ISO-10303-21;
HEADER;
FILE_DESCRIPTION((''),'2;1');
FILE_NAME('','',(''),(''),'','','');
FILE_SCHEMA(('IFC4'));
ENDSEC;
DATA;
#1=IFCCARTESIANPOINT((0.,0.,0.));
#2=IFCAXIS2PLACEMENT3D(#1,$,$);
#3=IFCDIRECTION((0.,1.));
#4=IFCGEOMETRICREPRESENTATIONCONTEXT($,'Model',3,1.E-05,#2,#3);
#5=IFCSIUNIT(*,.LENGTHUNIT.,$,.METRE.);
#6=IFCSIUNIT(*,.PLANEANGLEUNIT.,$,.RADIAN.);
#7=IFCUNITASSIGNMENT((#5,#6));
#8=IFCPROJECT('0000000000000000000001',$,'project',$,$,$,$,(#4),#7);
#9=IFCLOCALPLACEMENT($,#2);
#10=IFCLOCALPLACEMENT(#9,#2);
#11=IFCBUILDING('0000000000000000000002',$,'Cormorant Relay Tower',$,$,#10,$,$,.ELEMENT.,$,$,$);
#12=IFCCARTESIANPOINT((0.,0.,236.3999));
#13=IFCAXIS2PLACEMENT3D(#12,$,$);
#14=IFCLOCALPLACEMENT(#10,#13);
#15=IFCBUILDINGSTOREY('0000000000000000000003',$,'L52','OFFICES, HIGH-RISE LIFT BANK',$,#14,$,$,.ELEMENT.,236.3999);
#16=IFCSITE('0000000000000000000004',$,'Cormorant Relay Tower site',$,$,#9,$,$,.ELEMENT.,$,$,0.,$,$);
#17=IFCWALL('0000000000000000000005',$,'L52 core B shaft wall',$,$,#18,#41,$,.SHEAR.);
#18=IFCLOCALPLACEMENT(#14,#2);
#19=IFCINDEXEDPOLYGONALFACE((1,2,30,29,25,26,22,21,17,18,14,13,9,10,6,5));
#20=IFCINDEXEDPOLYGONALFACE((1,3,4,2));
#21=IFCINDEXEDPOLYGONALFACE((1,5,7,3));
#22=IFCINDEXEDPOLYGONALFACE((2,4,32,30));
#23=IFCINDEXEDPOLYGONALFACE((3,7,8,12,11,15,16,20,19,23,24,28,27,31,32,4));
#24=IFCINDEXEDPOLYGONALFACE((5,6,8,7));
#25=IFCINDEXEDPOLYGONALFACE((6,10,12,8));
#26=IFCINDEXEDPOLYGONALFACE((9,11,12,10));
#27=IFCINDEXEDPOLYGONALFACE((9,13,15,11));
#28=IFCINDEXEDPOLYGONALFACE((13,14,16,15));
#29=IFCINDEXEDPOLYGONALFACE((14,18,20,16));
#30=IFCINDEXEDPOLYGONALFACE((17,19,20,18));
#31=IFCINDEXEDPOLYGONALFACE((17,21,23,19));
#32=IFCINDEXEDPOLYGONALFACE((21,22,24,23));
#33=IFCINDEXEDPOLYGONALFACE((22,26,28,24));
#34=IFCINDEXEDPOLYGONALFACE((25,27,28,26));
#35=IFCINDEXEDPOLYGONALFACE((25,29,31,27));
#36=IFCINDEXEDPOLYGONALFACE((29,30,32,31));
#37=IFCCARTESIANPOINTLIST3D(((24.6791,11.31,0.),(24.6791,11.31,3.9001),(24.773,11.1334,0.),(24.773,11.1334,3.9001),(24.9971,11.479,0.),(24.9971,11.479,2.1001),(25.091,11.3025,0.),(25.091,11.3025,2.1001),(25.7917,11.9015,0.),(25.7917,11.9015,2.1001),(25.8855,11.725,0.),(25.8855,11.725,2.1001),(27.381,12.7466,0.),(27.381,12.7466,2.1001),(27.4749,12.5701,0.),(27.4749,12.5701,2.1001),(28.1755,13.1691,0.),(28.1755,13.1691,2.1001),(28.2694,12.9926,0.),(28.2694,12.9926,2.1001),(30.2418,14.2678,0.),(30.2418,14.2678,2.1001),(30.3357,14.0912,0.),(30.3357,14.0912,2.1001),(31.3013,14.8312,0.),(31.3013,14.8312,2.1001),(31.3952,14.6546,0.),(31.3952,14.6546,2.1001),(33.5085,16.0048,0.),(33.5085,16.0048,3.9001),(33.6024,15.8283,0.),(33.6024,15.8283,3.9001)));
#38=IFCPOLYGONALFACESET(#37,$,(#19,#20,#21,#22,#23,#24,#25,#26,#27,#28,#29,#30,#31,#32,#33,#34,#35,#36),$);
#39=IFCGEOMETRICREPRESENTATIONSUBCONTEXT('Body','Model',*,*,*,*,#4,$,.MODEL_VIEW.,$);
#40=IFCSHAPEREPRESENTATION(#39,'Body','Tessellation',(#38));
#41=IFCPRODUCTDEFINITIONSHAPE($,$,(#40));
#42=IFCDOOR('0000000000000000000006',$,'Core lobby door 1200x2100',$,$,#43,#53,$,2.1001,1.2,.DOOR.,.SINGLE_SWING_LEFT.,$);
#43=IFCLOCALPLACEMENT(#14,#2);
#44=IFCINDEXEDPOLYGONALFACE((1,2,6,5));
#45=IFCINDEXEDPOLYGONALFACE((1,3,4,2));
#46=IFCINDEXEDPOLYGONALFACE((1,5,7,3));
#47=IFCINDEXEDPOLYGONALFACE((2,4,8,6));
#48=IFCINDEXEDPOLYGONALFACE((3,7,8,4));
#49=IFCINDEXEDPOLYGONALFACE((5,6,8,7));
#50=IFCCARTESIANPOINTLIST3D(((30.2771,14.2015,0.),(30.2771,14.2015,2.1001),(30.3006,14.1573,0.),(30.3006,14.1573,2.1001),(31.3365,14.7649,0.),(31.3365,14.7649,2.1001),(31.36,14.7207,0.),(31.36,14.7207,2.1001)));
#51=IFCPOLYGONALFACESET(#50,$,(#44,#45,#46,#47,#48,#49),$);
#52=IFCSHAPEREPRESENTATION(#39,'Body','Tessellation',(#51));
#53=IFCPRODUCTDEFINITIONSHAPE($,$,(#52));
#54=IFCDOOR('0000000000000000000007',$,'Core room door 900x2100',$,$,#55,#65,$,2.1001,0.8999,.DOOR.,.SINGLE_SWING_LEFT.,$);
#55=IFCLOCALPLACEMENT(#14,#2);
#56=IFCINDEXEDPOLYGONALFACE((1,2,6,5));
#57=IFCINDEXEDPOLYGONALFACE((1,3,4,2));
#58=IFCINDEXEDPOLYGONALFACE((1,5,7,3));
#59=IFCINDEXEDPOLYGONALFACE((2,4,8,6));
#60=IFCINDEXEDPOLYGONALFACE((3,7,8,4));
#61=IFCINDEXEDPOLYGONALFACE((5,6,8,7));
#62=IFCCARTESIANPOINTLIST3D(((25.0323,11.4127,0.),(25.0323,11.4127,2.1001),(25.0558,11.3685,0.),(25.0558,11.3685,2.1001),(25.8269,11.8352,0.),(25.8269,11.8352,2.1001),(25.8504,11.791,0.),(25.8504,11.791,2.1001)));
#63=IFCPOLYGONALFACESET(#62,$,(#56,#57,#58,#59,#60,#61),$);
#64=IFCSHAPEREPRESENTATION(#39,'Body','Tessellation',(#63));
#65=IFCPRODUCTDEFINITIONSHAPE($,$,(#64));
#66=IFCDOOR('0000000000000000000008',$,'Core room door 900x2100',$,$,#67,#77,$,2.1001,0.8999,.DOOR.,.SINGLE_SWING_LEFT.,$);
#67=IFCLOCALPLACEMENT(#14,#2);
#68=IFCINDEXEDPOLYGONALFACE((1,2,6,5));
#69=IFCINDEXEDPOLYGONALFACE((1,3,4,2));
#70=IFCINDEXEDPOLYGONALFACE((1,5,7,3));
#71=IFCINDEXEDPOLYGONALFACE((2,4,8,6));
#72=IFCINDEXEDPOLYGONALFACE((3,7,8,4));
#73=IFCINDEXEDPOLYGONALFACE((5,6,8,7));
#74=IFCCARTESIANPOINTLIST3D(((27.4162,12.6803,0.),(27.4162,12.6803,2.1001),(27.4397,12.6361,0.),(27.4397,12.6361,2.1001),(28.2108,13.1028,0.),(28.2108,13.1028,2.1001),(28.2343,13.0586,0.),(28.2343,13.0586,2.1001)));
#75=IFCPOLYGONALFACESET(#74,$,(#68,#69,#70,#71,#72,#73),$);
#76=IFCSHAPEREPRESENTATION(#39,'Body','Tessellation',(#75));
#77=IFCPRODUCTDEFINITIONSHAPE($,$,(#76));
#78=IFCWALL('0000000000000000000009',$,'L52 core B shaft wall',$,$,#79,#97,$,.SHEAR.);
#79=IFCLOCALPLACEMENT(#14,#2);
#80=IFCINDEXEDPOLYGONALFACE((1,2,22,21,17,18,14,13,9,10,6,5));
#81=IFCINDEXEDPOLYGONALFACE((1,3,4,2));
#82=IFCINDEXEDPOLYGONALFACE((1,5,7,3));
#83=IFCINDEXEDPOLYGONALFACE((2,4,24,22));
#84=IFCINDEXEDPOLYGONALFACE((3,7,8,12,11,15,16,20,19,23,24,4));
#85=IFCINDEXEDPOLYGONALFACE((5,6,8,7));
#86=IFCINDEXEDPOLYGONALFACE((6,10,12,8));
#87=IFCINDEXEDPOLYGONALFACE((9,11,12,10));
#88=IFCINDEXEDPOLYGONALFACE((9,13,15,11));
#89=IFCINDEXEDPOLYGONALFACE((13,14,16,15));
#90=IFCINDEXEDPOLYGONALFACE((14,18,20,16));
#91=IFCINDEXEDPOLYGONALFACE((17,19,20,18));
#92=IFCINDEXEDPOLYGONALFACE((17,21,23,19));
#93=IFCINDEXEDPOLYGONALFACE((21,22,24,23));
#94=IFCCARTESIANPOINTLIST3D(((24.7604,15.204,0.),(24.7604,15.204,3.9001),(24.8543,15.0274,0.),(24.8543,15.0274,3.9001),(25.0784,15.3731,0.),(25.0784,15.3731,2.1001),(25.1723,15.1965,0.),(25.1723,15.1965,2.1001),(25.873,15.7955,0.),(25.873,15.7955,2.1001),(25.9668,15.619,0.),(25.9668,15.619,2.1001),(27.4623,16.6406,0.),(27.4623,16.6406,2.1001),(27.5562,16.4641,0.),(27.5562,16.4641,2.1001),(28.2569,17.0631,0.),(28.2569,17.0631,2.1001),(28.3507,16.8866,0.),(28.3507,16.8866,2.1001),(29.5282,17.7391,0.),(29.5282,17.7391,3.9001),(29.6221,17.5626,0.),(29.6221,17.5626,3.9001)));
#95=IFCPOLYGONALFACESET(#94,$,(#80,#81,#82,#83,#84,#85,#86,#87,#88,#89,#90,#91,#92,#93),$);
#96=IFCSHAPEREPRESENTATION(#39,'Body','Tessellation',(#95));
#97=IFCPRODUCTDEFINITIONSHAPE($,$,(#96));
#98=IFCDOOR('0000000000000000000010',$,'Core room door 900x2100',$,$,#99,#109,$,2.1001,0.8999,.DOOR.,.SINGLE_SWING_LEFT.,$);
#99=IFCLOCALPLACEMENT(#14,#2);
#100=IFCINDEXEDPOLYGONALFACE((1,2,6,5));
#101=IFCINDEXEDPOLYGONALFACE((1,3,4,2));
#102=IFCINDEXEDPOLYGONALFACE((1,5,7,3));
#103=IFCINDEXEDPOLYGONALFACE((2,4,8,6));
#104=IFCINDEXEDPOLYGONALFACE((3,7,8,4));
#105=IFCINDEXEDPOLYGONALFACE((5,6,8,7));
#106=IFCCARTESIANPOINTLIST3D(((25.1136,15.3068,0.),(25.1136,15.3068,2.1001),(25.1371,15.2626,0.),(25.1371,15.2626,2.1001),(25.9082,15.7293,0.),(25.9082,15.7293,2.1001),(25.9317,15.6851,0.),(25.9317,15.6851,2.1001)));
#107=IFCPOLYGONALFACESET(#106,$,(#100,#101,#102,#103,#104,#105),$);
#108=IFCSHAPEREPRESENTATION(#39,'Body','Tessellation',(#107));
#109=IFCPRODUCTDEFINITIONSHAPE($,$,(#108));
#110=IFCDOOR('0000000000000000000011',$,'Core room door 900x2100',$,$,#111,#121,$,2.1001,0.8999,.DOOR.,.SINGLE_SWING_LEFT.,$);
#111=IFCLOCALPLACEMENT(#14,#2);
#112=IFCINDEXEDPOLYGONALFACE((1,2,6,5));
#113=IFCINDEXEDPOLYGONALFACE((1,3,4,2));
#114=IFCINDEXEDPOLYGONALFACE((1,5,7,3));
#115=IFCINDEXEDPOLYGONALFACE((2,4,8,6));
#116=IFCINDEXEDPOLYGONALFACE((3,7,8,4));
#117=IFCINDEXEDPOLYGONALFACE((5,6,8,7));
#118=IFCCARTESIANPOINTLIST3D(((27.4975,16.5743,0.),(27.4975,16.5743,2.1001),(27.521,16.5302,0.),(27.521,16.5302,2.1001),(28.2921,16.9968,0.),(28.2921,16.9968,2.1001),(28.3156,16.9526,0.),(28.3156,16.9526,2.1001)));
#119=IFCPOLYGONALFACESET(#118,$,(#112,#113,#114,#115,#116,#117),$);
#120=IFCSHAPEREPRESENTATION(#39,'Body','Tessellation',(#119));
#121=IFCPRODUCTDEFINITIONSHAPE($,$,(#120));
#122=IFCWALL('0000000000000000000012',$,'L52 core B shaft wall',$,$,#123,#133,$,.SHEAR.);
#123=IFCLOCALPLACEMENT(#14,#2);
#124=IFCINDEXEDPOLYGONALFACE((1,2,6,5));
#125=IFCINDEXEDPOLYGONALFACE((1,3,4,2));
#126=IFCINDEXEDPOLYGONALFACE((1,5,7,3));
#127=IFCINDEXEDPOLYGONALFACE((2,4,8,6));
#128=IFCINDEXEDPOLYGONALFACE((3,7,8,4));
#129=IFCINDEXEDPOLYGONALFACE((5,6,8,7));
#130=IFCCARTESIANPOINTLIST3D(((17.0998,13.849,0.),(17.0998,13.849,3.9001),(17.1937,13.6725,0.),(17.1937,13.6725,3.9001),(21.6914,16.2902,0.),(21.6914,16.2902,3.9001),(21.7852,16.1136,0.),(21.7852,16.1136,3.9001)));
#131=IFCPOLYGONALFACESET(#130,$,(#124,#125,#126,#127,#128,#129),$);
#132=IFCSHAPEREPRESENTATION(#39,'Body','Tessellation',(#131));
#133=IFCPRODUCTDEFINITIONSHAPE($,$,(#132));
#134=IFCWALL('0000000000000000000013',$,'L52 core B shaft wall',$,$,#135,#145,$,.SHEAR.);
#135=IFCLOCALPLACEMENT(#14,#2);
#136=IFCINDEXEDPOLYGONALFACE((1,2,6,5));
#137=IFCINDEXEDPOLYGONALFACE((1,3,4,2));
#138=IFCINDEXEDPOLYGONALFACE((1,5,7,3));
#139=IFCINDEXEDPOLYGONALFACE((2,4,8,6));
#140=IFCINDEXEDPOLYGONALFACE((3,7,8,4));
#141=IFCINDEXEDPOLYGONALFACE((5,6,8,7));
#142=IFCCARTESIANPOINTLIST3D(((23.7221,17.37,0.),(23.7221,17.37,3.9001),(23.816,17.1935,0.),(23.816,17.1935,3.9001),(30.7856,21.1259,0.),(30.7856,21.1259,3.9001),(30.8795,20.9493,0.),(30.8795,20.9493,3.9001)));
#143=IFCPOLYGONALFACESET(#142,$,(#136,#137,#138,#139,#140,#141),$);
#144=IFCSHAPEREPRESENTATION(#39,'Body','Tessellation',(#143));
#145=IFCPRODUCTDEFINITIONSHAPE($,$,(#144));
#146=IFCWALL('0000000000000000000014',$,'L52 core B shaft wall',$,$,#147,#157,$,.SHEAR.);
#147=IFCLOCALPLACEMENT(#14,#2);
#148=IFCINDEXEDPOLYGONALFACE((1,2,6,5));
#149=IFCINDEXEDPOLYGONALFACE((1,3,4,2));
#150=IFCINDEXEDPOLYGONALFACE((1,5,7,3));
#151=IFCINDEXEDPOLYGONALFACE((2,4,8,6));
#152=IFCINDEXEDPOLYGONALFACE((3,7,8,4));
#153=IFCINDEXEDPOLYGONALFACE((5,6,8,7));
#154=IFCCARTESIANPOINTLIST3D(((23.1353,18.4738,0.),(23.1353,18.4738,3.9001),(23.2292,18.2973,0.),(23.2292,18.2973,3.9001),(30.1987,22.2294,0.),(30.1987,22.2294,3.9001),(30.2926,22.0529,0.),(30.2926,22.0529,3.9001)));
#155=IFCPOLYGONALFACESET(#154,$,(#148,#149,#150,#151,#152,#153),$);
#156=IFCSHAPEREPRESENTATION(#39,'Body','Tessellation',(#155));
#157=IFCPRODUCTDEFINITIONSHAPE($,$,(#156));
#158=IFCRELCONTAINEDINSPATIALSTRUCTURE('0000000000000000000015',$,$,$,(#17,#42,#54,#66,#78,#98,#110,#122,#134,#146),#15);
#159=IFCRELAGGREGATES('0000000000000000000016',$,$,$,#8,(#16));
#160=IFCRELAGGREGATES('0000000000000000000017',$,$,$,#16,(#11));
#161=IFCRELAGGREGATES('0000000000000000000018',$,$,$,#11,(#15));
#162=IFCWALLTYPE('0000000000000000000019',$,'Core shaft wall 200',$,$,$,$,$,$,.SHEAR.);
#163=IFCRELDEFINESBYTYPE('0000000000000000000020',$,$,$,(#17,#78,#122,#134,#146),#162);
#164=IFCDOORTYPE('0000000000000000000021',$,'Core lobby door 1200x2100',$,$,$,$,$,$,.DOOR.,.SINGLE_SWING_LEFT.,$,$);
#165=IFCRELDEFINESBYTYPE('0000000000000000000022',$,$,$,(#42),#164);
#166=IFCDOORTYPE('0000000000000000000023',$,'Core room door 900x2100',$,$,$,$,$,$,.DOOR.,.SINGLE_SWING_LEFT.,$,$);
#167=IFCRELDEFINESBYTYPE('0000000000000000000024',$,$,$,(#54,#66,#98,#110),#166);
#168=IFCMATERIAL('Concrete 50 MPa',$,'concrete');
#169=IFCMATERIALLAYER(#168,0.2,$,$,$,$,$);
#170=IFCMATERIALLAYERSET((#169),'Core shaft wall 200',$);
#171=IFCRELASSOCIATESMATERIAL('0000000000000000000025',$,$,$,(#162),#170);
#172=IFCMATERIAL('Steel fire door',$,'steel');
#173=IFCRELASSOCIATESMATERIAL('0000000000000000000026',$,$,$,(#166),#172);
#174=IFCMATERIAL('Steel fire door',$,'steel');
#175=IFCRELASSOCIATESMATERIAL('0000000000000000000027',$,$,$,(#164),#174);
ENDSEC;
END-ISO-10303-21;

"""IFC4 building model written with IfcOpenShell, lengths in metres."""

from ifc_helpers import new_model, si_unit, direction, frame, frame_2d, origin, place, context, subcontext, project, spatial, rectangle, extrude, material, layer, layer_set, type_object, element, fill, save


model = new_model("IFC4")

# Units and contexts
model_context = context("Model", 3, precision=1e-05, world=origin(), true_north=direction((0.0, 1.0)))
body_context = subcontext(model_context, "Body", "Model", "MODEL_VIEW")
ifc_project = project(units=[si_unit("LENGTHUNIT", "METRE"), si_unit("PLANEANGLEUNIT", "RADIAN")], contexts=[model_context])

# Site, building, storey
site_placement = place(None, origin())
site = spatial("IfcSite", under=ifc_project, at=site_placement, Name="Cormorant Relay Tower site", CompositionType="ELEMENT", RefElevation=0.0)
building_placement = place(site_placement, origin())
building = spatial("IfcBuilding", under=site, at=building_placement, Name="Cormorant Relay Tower", CompositionType="ELEMENT")
storey_placement = place(building_placement, frame((0.0, 0.0, 236.3999)))
storey = spatial("IfcBuildingStorey", under=building, at=storey_placement, Name="L52", Description="OFFICES, HIGH-RISE LIFT BANK", CompositionType="ELEMENT", Elevation=236.3999)

# Shared definitions
ifc_material_1 = material(Name="Concrete 50 MPa", Category="concrete")
ifc_layer_1 = layer(ifc_material_1, 0.2)
ifc_layer_set_1 = layer_set([ifc_layer_1], Name="Core shaft wall 200")
wall_type_1 = type_object("IfcWallType", Name="Core shaft wall 200", PredefinedType="SHEAR", material=ifc_layer_set_1)

# Shared definitions
ifc_material_2 = material(Name="Steel fire door", Category="steel")
door_type_1 = type_object("IfcDoorType", Name="Core room door 900x2100", OperationType="SINGLE_SWING_LEFT", PredefinedType="DOOR", material=ifc_material_2)

# Walls, openings, doors
wall_1_placement = place(storey_placement, frame((24.7261, 11.2217, 0.0), z_axis=(0.0, 0.0, 1.0), x_axis=(0.88294, 0.469485, 0.0)))
wall_1 = element("IfcWall", 1, at=wall_1_placement, inside=storey, type_object=wall_type_1, Name="L52 core B shaft wall", PredefinedType="SHEAR", context=body_context, shape_type="SweptSolid", body=[
    extrude(rectangle(XDim=10.0, YDim=0.2, at=frame_2d((5.0, 0.0))), origin(), (0.0, 0.0, 1.0), 3.9001),
])
opening_1_placement = place(wall_1_placement, frame((6.3, 0.0, 0.0)))
opening_1 = element("IfcOpeningElement", 2, at=opening_1_placement, cuts=wall_1, PredefinedType="OPENING", context=body_context, shape_type="SweptSolid", body=[
    extrude(rectangle(XDim=1.2, YDim=2.1001, at=frame_2d((0.6001, 1.05))), frame((0.0, 0.1099, 0.0), z_axis=(0.0, -1.0, 0.0), x_axis=(1.0, 0.0, 0.0)), (0.0, 0.0, 1.0), 0.22),
])
opening_2_placement = place(wall_1_placement, frame((0.3601, 0.0, 0.0)))
opening_2 = element("IfcOpeningElement", 3, at=opening_2_placement, cuts=wall_1, PredefinedType="OPENING", context=body_context, shape_type="SweptSolid", body=[
    extrude(rectangle(XDim=0.8999, YDim=2.1001, at=frame_2d((0.45, 1.05))), frame((0.0, 0.1099, 0.0), z_axis=(0.0, -1.0, 0.0), x_axis=(1.0, 0.0, 0.0)), (0.0, 0.0, 1.0), 0.22),
])
opening_3_placement = place(wall_1_placement, frame((3.0601, 0.0, 0.0)))
opening_3 = element("IfcOpeningElement", 4, at=opening_3_placement, cuts=wall_1, PredefinedType="OPENING", context=body_context, shape_type="SweptSolid", body=[
    extrude(rectangle(XDim=0.8999, YDim=2.1001, at=frame_2d((0.45, 1.05))), frame((0.0, 0.1099, 0.0), z_axis=(0.0, -1.0, 0.0), x_axis=(1.0, 0.0, 0.0)), (0.0, 0.0, 1.0), 0.22),
])
ifc_material_3 = material(Name="Steel fire door", Category="steel")
door_type_2 = type_object("IfcDoorType", Name="Core lobby door 1200x2100", OperationType="SINGLE_SWING_LEFT", PredefinedType="DOOR", material=ifc_material_3)
door_1_placement = place(opening_1_placement, origin())
door_1 = element("IfcDoor", 5, at=door_1_placement, inside=storey, type_object=door_type_2, Name="Core lobby door 1200x2100", OperationType="SINGLE_SWING_LEFT", OverallHeight=2.1001, OverallWidth=1.2, PredefinedType="DOOR", context=body_context, shape_type="SweptSolid", body=[
    extrude(rectangle(XDim=1.2, YDim=2.1001, at=frame_2d((0.6001, 1.05))), frame((0.0, 0.0249, 0.0), z_axis=(0.0, -1.0, 0.0), x_axis=(1.0, 0.0, 0.0)), (0.0, 0.0, 1.0), 0.05),
])
fill(opening_1, door_1)
door_2_placement = place(opening_2_placement, origin())
door_2 = element("IfcDoor", 6, at=door_2_placement, inside=storey, type_object=door_type_1, Name="Core room door 900x2100", OperationType="SINGLE_SWING_LEFT", OverallHeight=2.1001, OverallWidth=0.8999, PredefinedType="DOOR", context=body_context, shape_type="SweptSolid", body=[
    extrude(rectangle(XDim=0.8999, YDim=2.1001, at=frame_2d((0.45, 1.05))), frame((0.0, 0.0249, 0.0), z_axis=(0.0, -1.0, 0.0), x_axis=(1.0, 0.0, 0.0)), (0.0, 0.0, 1.0), 0.05),
])
fill(opening_2, door_2)
door_3_placement = place(opening_3_placement, origin())
door_3 = element("IfcDoor", 7, at=door_3_placement, inside=storey, type_object=door_type_1, Name="Core room door 900x2100", OperationType="SINGLE_SWING_LEFT", OverallHeight=2.1001, OverallWidth=0.8999, PredefinedType="DOOR", context=body_context, shape_type="SweptSolid", body=[
    extrude(rectangle(XDim=0.8999, YDim=2.1001, at=frame_2d((0.45, 1.05))), frame((0.0, 0.0249, 0.0), z_axis=(0.0, -1.0, 0.0), x_axis=(1.0, 0.0, 0.0)), (0.0, 0.0, 1.0), 0.05),
])
fill(opening_3, door_3)
wall_2_placement = place(storey_placement, frame((24.8074, 15.1157, 0.0), z_axis=(0.0, 0.0, 1.0), x_axis=(0.882943, 0.46948, 0.0)))
wall_2 = element("IfcWall", 8, at=wall_2_placement, inside=storey, type_object=wall_type_1, Name="L52 core B shaft wall", PredefinedType="SHEAR", context=body_context, shape_type="SweptSolid", body=[
    extrude(rectangle(XDim=5.3999, YDim=0.2, at=frame_2d((2.7, 0.0))), origin(), (0.0, 0.0, 1.0), 3.9001),
])
opening_4_placement = place(wall_2_placement, frame((0.3601, 0.0, 0.0)))
opening_4 = element("IfcOpeningElement", 9, at=opening_4_placement, cuts=wall_2, PredefinedType="OPENING", context=body_context, shape_type="SweptSolid", body=[
    extrude(rectangle(XDim=0.8999, YDim=2.1001, at=frame_2d((0.45, 1.05))), frame((0.0, 0.1099, 0.0), z_axis=(0.0, -1.0, 0.0), x_axis=(1.0, 0.0, 0.0)), (0.0, 0.0, 1.0), 0.22),
])
opening_5_placement = place(wall_2_placement, frame((3.0601, 0.0, 0.0)))
opening_5 = element("IfcOpeningElement", 10, at=opening_5_placement, cuts=wall_2, PredefinedType="OPENING", context=body_context, shape_type="SweptSolid", body=[
    extrude(rectangle(XDim=0.8999, YDim=2.1001, at=frame_2d((0.45, 1.05))), frame((0.0, 0.1099, 0.0), z_axis=(0.0, -1.0, 0.0), x_axis=(1.0, 0.0, 0.0)), (0.0, 0.0, 1.0), 0.22),
])
door_4_placement = place(opening_4_placement, origin())
door_4 = element("IfcDoor", 11, at=door_4_placement, inside=storey, type_object=door_type_1, Name="Core room door 900x2100", OperationType="SINGLE_SWING_LEFT", OverallHeight=2.1001, OverallWidth=0.8999, PredefinedType="DOOR", context=body_context, shape_type="SweptSolid", body=[
    extrude(rectangle(XDim=0.8999, YDim=2.1001, at=frame_2d((0.45, 1.05))), frame((0.0, 0.0249, 0.0), z_axis=(0.0, -1.0, 0.0), x_axis=(1.0, 0.0, 0.0)), (0.0, 0.0, 1.0), 0.05),
])
fill(opening_4, door_4)
door_5_placement = place(opening_5_placement, origin())
door_5 = element("IfcDoor", 12, at=door_5_placement, inside=storey, type_object=door_type_1, Name="Core room door 900x2100", OperationType="SINGLE_SWING_LEFT", OverallHeight=2.1001, OverallWidth=0.8999, PredefinedType="DOOR", context=body_context, shape_type="SweptSolid", body=[
    extrude(rectangle(XDim=0.8999, YDim=2.1001, at=frame_2d((0.45, 1.05))), frame((0.0, 0.0249, 0.0), z_axis=(0.0, -1.0, 0.0), x_axis=(1.0, 0.0, 0.0)), (0.0, 0.0, 1.0), 0.05),
])
fill(opening_5, door_5)

# Walls
wall_3_placement = place(storey_placement, frame((17.1467, 13.7607, 0.0), z_axis=(0.0, 0.0, 1.0), x_axis=(0.882964, 0.46944, 0.0)))
element("IfcWall", 13, at=wall_3_placement, inside=storey, type_object=wall_type_1, Name="L52 core B shaft wall", PredefinedType="SHEAR", context=body_context, shape_type="SweptSolid", body=[
    extrude(rectangle(XDim=5.2002, YDim=0.2, at=frame_2d((2.6001, 0.0))), origin(), (0.0, 0.0, 1.0), 3.9001),
])
wall_4_placement = place(storey_placement, frame((23.769, 17.2817, 0.0), z_axis=(0.0, 0.0, 1.0), x_axis=(0.88294, 0.469485, 0.0)))
element("IfcWall", 14, at=wall_4_placement, inside=storey, type_object=wall_type_1, Name="L52 core B shaft wall", PredefinedType="SHEAR", context=body_context, shape_type="SweptSolid", body=[
    extrude(rectangle(XDim=8.0, YDim=0.2, at=frame_2d((4.0, 0.0))), origin(), (0.0, 0.0, 1.0), 3.9001),
])
wall_5_placement = place(storey_placement, frame((23.1821, 18.3855, 0.0), z_axis=(0.0, 0.0, 1.0), x_axis=(0.882953, 0.469462, 0.0)))
element("IfcWall", 15, at=wall_5_placement, inside=storey, type_object=wall_type_1, Name="L52 core B shaft wall", PredefinedType="SHEAR", context=body_context, shape_type="SweptSolid", body=[
    extrude(rectangle(XDim=7.9998, YDim=0.2, at=frame_2d((4.0, 0.0))), origin(), (0.0, 0.0, 1.0), 3.9001),
])

save(model, "model.ifc")
